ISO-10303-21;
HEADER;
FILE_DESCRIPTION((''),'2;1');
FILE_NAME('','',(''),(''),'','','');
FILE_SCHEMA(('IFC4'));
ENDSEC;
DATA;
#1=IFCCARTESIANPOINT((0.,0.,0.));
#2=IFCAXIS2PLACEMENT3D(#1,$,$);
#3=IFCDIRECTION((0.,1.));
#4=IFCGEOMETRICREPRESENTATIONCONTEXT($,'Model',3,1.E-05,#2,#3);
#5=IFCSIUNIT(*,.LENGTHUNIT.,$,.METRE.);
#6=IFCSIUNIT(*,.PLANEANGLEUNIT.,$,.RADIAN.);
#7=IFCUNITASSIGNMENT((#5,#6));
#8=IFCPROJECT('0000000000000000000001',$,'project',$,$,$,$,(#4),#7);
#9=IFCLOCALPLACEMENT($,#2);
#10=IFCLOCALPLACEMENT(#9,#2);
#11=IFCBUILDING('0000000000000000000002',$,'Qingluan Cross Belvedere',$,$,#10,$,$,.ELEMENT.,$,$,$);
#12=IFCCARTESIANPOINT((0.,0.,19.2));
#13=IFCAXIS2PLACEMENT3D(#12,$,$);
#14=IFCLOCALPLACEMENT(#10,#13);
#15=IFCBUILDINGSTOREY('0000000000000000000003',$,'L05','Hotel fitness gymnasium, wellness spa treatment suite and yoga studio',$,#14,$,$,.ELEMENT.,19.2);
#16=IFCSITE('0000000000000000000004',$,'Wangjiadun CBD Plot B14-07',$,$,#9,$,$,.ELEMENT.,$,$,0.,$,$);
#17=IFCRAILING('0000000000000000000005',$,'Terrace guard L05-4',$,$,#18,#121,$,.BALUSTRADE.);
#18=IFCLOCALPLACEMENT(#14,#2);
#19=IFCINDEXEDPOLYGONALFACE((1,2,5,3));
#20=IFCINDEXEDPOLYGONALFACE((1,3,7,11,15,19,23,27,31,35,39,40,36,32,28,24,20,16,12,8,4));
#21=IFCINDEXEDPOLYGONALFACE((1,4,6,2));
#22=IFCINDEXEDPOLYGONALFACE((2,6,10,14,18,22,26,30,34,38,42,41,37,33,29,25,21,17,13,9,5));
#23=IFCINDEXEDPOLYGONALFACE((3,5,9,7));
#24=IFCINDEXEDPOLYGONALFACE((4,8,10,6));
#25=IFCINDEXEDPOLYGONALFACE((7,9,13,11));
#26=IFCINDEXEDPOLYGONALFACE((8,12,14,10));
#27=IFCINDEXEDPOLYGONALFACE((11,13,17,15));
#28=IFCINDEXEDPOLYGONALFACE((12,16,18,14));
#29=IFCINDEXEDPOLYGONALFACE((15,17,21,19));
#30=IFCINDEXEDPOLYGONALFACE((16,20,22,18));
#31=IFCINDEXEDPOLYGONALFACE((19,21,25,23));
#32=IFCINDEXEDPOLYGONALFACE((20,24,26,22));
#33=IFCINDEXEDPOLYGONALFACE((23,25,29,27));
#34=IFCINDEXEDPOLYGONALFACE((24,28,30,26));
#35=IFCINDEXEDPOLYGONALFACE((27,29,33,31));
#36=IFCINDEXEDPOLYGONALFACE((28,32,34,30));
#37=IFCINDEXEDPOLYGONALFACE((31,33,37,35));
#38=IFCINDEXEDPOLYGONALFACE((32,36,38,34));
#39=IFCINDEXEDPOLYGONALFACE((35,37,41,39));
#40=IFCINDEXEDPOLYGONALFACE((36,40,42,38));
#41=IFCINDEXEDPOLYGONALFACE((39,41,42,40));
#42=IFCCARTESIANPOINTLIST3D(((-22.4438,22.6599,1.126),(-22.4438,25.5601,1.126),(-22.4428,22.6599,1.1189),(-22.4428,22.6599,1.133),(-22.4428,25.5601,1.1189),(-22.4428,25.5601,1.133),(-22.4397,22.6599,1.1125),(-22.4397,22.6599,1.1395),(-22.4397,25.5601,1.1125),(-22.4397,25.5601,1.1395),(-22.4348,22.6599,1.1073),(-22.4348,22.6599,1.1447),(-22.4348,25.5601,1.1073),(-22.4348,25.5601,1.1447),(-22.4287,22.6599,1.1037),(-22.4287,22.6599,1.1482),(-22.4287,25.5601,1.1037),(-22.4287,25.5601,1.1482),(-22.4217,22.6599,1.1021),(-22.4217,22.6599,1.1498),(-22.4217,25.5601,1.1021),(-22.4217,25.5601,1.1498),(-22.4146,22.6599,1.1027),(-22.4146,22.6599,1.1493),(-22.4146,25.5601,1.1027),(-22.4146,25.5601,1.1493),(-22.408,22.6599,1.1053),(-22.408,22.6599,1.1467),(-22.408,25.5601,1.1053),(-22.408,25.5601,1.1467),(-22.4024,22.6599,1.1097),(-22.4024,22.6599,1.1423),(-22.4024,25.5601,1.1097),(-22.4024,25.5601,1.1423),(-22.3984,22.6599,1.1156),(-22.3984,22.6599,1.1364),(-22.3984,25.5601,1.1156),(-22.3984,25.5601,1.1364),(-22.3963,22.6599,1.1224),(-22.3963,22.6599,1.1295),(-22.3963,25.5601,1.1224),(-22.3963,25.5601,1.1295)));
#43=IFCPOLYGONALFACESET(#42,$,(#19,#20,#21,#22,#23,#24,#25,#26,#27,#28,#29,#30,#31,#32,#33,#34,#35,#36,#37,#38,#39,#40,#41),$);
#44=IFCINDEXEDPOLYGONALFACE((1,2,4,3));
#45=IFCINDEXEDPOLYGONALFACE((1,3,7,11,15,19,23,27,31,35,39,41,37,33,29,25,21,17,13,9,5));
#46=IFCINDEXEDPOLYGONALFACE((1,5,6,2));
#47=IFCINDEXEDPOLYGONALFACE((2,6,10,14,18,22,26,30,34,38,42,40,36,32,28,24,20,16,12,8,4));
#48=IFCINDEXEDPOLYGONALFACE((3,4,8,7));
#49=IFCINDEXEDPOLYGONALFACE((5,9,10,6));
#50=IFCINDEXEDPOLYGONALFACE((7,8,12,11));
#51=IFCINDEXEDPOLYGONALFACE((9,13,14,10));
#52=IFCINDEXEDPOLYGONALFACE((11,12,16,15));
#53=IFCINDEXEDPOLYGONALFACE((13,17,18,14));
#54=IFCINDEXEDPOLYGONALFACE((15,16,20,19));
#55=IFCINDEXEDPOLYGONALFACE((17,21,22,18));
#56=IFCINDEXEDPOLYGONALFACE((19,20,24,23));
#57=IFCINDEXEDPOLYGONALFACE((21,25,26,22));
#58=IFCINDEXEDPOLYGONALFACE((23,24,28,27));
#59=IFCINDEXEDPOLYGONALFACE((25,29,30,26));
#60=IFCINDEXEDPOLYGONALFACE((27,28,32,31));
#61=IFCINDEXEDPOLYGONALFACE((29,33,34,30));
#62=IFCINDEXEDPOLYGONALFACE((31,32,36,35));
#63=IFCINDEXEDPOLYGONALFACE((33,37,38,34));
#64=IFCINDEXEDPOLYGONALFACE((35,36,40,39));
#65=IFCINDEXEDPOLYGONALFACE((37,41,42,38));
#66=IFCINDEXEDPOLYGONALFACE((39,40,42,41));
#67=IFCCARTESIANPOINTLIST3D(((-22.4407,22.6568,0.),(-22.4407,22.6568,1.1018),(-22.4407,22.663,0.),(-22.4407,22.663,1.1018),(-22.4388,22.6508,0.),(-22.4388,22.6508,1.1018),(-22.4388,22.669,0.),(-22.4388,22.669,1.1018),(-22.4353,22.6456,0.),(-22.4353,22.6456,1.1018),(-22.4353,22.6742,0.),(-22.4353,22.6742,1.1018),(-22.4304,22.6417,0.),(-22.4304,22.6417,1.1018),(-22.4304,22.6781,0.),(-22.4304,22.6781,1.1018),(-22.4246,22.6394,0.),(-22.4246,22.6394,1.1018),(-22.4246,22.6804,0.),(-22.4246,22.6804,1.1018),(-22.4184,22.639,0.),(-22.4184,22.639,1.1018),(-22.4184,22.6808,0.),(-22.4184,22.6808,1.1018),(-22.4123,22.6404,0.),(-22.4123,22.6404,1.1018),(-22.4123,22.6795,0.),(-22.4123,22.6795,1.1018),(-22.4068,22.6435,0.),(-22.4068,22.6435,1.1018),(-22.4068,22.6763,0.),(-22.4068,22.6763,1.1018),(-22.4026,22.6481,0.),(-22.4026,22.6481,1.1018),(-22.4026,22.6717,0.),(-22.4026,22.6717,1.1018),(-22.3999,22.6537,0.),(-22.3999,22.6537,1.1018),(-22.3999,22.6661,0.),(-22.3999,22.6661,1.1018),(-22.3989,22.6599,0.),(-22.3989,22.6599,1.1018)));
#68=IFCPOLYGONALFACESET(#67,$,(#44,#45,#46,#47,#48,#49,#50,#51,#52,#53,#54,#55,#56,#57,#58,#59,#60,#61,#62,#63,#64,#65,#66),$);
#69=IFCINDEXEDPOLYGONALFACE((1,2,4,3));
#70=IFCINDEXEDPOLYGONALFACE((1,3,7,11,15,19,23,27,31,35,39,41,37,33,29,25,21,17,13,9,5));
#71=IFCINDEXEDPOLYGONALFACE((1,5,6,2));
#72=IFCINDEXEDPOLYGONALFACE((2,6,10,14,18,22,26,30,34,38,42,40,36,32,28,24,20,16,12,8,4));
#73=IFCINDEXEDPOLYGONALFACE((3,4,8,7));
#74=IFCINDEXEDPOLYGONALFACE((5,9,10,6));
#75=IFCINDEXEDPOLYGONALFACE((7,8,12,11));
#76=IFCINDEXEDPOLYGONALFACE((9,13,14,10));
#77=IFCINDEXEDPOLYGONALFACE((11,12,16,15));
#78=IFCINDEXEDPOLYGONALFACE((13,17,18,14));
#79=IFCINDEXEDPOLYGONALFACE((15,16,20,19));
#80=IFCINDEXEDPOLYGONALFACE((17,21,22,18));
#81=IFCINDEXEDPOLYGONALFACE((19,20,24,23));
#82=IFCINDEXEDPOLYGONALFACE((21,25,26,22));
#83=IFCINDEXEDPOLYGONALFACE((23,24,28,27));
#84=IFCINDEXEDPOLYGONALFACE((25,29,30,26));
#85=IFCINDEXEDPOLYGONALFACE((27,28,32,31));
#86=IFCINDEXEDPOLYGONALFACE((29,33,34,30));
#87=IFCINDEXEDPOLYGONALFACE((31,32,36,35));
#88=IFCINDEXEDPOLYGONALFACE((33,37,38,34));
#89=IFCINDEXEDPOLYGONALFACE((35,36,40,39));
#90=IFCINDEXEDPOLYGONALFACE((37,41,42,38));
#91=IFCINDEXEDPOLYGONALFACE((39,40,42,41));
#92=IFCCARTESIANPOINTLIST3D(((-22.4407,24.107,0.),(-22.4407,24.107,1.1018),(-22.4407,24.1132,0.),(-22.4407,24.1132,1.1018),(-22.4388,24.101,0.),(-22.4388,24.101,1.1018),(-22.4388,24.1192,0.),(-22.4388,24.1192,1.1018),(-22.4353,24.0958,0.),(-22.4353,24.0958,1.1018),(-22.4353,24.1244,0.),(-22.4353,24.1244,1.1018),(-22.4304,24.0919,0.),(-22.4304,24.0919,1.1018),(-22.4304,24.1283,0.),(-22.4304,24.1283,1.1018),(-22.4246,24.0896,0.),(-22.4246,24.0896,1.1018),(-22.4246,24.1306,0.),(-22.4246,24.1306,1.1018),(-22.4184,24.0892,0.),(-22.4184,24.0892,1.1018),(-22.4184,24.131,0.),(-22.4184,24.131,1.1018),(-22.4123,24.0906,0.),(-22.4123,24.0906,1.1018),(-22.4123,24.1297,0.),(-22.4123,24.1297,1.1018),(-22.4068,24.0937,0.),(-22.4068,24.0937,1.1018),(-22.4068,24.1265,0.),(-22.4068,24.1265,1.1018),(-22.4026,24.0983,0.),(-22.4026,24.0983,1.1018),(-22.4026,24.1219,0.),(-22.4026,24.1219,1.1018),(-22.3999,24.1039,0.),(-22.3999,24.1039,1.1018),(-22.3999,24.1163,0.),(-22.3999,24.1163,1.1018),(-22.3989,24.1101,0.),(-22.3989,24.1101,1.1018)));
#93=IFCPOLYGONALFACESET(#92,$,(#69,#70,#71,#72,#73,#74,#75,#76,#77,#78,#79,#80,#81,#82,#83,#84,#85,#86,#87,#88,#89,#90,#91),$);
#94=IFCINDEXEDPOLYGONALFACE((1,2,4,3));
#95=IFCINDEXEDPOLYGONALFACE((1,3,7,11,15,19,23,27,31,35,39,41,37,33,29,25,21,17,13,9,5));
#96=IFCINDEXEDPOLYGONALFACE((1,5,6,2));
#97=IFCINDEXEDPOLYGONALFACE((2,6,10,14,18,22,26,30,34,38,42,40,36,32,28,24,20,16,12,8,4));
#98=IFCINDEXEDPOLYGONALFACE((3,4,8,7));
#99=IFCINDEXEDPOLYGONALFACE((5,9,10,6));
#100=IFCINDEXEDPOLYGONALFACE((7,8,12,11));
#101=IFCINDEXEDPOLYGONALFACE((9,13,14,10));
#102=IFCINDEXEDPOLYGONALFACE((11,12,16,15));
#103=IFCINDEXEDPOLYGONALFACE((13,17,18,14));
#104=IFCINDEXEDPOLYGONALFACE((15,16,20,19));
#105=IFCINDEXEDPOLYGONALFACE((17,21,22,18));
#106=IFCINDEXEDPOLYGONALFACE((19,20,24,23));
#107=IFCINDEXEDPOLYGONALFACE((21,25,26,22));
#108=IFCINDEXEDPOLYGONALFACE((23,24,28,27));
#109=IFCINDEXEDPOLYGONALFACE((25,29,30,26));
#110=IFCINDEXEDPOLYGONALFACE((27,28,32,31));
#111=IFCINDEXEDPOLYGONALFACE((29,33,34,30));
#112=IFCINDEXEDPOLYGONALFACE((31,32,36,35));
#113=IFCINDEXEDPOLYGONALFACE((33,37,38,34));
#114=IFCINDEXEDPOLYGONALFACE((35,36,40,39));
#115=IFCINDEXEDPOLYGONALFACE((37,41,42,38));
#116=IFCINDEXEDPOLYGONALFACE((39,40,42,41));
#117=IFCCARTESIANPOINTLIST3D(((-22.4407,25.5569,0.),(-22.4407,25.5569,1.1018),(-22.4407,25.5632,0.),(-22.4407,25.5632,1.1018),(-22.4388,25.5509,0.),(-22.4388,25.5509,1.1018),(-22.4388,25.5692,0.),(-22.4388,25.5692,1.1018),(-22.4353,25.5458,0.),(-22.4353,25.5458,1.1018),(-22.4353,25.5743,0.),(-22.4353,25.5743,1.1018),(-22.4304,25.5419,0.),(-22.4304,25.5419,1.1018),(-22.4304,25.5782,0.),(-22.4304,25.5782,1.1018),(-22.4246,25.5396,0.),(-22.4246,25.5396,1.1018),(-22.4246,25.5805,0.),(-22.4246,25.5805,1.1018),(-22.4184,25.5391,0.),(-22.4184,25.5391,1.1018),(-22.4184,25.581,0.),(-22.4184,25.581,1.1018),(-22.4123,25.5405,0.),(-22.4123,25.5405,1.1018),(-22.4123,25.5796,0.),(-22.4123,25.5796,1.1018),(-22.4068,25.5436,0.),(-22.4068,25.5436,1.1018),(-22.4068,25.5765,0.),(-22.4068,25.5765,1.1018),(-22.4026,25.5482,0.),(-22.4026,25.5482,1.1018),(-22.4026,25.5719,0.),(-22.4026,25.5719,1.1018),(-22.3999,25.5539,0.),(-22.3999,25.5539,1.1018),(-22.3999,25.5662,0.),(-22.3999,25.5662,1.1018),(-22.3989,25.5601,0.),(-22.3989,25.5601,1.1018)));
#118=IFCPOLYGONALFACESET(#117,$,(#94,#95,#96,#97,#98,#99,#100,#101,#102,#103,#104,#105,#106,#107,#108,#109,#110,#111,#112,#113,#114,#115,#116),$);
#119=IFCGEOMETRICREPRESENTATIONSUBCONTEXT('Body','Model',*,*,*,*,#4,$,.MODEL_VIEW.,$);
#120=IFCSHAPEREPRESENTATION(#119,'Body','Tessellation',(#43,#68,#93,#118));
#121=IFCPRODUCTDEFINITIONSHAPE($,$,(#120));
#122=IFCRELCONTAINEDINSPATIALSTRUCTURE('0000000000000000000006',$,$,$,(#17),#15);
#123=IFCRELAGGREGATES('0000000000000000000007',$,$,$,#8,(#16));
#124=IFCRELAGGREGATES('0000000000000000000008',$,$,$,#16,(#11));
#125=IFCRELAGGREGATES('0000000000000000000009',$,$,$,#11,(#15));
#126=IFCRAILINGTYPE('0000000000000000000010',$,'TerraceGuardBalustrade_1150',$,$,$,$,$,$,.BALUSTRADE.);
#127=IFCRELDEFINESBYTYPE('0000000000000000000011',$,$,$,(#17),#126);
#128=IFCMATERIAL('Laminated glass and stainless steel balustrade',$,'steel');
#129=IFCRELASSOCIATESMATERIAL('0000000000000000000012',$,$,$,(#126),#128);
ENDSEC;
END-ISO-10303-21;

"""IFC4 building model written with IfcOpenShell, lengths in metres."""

from ifc_helpers import new_model, si_unit, direction, frame, origin, origin_2d, place, context, subcontext, project, spatial, circle, extrude, material, type_object, element, save


model = new_model("IFC4")

# Units and contexts
model_context = context("Model", 3, precision=1e-05, world=origin(), true_north=direction((0.0, 1.0)))
body_context = subcontext(model_context, "Body", "Model", "MODEL_VIEW")
ifc_project = project(units=[si_unit("LENGTHUNIT", "METRE"), si_unit("PLANEANGLEUNIT", "RADIAN")], contexts=[model_context])

# Site, building, storey
site_placement = place(None, origin())
site = spatial("IfcSite", under=ifc_project, at=site_placement, Name="Wangjiadun CBD Plot B14-07", CompositionType="ELEMENT", RefElevation=0.0)
building_placement = place(site_placement, origin())
building = spatial("IfcBuilding", under=site, at=building_placement, Name="Qingluan Cross Belvedere", CompositionType="ELEMENT")
storey_placement = place(building_placement, frame((0.0, 0.0, 19.2)))
storey = spatial("IfcBuildingStorey", under=building, at=storey_placement, Name="L05", Description="Hotel fitness gymnasium, wellness spa treatment suite and yoga studio", CompositionType="ELEMENT", Elevation=19.2)

# Railing
ifc_material_1 = material(Name="Laminated glass and stainless steel balustrade", Category="steel")
railing_type = type_object("IfcRailingType", Name="TerraceGuardBalustrade_1150", PredefinedType="BALUSTRADE", material=ifc_material_1)
railing_1_placement = place(storey_placement, frame((-22.4199, 22.6599, 0.0)))
element("IfcRailing", 1, at=railing_1_placement, inside=storey, type_object=railing_type, Name="Terrace guard L05-4", PredefinedType="BALUSTRADE", context=body_context, shape_type="SweptSolid", body=[
    extrude(circle(Radius=0.0239, at=origin_2d()), frame((0.0, 0.0, 1.126), z_axis=(0.0, 1.0, 0.0), x_axis=(-1.0, 0.0, 0.0)), (0.0, 0.0, 1.0), 2.9001),
    extrude(circle(Radius=0.021, at=origin_2d()), origin(), (0.0, 0.0, 1.0), 1.1018),
    extrude(circle(Radius=0.021, at=origin_2d()), frame((0.0, 1.4502, 0.0)), (0.0, 0.0, 1.0), 1.1018),
    extrude(circle(Radius=0.021, at=origin_2d()), frame((0.0, 2.9001, 0.0)), (0.0, 0.0, 1.0), 1.1018),
])

save(model, "model.ifc")
